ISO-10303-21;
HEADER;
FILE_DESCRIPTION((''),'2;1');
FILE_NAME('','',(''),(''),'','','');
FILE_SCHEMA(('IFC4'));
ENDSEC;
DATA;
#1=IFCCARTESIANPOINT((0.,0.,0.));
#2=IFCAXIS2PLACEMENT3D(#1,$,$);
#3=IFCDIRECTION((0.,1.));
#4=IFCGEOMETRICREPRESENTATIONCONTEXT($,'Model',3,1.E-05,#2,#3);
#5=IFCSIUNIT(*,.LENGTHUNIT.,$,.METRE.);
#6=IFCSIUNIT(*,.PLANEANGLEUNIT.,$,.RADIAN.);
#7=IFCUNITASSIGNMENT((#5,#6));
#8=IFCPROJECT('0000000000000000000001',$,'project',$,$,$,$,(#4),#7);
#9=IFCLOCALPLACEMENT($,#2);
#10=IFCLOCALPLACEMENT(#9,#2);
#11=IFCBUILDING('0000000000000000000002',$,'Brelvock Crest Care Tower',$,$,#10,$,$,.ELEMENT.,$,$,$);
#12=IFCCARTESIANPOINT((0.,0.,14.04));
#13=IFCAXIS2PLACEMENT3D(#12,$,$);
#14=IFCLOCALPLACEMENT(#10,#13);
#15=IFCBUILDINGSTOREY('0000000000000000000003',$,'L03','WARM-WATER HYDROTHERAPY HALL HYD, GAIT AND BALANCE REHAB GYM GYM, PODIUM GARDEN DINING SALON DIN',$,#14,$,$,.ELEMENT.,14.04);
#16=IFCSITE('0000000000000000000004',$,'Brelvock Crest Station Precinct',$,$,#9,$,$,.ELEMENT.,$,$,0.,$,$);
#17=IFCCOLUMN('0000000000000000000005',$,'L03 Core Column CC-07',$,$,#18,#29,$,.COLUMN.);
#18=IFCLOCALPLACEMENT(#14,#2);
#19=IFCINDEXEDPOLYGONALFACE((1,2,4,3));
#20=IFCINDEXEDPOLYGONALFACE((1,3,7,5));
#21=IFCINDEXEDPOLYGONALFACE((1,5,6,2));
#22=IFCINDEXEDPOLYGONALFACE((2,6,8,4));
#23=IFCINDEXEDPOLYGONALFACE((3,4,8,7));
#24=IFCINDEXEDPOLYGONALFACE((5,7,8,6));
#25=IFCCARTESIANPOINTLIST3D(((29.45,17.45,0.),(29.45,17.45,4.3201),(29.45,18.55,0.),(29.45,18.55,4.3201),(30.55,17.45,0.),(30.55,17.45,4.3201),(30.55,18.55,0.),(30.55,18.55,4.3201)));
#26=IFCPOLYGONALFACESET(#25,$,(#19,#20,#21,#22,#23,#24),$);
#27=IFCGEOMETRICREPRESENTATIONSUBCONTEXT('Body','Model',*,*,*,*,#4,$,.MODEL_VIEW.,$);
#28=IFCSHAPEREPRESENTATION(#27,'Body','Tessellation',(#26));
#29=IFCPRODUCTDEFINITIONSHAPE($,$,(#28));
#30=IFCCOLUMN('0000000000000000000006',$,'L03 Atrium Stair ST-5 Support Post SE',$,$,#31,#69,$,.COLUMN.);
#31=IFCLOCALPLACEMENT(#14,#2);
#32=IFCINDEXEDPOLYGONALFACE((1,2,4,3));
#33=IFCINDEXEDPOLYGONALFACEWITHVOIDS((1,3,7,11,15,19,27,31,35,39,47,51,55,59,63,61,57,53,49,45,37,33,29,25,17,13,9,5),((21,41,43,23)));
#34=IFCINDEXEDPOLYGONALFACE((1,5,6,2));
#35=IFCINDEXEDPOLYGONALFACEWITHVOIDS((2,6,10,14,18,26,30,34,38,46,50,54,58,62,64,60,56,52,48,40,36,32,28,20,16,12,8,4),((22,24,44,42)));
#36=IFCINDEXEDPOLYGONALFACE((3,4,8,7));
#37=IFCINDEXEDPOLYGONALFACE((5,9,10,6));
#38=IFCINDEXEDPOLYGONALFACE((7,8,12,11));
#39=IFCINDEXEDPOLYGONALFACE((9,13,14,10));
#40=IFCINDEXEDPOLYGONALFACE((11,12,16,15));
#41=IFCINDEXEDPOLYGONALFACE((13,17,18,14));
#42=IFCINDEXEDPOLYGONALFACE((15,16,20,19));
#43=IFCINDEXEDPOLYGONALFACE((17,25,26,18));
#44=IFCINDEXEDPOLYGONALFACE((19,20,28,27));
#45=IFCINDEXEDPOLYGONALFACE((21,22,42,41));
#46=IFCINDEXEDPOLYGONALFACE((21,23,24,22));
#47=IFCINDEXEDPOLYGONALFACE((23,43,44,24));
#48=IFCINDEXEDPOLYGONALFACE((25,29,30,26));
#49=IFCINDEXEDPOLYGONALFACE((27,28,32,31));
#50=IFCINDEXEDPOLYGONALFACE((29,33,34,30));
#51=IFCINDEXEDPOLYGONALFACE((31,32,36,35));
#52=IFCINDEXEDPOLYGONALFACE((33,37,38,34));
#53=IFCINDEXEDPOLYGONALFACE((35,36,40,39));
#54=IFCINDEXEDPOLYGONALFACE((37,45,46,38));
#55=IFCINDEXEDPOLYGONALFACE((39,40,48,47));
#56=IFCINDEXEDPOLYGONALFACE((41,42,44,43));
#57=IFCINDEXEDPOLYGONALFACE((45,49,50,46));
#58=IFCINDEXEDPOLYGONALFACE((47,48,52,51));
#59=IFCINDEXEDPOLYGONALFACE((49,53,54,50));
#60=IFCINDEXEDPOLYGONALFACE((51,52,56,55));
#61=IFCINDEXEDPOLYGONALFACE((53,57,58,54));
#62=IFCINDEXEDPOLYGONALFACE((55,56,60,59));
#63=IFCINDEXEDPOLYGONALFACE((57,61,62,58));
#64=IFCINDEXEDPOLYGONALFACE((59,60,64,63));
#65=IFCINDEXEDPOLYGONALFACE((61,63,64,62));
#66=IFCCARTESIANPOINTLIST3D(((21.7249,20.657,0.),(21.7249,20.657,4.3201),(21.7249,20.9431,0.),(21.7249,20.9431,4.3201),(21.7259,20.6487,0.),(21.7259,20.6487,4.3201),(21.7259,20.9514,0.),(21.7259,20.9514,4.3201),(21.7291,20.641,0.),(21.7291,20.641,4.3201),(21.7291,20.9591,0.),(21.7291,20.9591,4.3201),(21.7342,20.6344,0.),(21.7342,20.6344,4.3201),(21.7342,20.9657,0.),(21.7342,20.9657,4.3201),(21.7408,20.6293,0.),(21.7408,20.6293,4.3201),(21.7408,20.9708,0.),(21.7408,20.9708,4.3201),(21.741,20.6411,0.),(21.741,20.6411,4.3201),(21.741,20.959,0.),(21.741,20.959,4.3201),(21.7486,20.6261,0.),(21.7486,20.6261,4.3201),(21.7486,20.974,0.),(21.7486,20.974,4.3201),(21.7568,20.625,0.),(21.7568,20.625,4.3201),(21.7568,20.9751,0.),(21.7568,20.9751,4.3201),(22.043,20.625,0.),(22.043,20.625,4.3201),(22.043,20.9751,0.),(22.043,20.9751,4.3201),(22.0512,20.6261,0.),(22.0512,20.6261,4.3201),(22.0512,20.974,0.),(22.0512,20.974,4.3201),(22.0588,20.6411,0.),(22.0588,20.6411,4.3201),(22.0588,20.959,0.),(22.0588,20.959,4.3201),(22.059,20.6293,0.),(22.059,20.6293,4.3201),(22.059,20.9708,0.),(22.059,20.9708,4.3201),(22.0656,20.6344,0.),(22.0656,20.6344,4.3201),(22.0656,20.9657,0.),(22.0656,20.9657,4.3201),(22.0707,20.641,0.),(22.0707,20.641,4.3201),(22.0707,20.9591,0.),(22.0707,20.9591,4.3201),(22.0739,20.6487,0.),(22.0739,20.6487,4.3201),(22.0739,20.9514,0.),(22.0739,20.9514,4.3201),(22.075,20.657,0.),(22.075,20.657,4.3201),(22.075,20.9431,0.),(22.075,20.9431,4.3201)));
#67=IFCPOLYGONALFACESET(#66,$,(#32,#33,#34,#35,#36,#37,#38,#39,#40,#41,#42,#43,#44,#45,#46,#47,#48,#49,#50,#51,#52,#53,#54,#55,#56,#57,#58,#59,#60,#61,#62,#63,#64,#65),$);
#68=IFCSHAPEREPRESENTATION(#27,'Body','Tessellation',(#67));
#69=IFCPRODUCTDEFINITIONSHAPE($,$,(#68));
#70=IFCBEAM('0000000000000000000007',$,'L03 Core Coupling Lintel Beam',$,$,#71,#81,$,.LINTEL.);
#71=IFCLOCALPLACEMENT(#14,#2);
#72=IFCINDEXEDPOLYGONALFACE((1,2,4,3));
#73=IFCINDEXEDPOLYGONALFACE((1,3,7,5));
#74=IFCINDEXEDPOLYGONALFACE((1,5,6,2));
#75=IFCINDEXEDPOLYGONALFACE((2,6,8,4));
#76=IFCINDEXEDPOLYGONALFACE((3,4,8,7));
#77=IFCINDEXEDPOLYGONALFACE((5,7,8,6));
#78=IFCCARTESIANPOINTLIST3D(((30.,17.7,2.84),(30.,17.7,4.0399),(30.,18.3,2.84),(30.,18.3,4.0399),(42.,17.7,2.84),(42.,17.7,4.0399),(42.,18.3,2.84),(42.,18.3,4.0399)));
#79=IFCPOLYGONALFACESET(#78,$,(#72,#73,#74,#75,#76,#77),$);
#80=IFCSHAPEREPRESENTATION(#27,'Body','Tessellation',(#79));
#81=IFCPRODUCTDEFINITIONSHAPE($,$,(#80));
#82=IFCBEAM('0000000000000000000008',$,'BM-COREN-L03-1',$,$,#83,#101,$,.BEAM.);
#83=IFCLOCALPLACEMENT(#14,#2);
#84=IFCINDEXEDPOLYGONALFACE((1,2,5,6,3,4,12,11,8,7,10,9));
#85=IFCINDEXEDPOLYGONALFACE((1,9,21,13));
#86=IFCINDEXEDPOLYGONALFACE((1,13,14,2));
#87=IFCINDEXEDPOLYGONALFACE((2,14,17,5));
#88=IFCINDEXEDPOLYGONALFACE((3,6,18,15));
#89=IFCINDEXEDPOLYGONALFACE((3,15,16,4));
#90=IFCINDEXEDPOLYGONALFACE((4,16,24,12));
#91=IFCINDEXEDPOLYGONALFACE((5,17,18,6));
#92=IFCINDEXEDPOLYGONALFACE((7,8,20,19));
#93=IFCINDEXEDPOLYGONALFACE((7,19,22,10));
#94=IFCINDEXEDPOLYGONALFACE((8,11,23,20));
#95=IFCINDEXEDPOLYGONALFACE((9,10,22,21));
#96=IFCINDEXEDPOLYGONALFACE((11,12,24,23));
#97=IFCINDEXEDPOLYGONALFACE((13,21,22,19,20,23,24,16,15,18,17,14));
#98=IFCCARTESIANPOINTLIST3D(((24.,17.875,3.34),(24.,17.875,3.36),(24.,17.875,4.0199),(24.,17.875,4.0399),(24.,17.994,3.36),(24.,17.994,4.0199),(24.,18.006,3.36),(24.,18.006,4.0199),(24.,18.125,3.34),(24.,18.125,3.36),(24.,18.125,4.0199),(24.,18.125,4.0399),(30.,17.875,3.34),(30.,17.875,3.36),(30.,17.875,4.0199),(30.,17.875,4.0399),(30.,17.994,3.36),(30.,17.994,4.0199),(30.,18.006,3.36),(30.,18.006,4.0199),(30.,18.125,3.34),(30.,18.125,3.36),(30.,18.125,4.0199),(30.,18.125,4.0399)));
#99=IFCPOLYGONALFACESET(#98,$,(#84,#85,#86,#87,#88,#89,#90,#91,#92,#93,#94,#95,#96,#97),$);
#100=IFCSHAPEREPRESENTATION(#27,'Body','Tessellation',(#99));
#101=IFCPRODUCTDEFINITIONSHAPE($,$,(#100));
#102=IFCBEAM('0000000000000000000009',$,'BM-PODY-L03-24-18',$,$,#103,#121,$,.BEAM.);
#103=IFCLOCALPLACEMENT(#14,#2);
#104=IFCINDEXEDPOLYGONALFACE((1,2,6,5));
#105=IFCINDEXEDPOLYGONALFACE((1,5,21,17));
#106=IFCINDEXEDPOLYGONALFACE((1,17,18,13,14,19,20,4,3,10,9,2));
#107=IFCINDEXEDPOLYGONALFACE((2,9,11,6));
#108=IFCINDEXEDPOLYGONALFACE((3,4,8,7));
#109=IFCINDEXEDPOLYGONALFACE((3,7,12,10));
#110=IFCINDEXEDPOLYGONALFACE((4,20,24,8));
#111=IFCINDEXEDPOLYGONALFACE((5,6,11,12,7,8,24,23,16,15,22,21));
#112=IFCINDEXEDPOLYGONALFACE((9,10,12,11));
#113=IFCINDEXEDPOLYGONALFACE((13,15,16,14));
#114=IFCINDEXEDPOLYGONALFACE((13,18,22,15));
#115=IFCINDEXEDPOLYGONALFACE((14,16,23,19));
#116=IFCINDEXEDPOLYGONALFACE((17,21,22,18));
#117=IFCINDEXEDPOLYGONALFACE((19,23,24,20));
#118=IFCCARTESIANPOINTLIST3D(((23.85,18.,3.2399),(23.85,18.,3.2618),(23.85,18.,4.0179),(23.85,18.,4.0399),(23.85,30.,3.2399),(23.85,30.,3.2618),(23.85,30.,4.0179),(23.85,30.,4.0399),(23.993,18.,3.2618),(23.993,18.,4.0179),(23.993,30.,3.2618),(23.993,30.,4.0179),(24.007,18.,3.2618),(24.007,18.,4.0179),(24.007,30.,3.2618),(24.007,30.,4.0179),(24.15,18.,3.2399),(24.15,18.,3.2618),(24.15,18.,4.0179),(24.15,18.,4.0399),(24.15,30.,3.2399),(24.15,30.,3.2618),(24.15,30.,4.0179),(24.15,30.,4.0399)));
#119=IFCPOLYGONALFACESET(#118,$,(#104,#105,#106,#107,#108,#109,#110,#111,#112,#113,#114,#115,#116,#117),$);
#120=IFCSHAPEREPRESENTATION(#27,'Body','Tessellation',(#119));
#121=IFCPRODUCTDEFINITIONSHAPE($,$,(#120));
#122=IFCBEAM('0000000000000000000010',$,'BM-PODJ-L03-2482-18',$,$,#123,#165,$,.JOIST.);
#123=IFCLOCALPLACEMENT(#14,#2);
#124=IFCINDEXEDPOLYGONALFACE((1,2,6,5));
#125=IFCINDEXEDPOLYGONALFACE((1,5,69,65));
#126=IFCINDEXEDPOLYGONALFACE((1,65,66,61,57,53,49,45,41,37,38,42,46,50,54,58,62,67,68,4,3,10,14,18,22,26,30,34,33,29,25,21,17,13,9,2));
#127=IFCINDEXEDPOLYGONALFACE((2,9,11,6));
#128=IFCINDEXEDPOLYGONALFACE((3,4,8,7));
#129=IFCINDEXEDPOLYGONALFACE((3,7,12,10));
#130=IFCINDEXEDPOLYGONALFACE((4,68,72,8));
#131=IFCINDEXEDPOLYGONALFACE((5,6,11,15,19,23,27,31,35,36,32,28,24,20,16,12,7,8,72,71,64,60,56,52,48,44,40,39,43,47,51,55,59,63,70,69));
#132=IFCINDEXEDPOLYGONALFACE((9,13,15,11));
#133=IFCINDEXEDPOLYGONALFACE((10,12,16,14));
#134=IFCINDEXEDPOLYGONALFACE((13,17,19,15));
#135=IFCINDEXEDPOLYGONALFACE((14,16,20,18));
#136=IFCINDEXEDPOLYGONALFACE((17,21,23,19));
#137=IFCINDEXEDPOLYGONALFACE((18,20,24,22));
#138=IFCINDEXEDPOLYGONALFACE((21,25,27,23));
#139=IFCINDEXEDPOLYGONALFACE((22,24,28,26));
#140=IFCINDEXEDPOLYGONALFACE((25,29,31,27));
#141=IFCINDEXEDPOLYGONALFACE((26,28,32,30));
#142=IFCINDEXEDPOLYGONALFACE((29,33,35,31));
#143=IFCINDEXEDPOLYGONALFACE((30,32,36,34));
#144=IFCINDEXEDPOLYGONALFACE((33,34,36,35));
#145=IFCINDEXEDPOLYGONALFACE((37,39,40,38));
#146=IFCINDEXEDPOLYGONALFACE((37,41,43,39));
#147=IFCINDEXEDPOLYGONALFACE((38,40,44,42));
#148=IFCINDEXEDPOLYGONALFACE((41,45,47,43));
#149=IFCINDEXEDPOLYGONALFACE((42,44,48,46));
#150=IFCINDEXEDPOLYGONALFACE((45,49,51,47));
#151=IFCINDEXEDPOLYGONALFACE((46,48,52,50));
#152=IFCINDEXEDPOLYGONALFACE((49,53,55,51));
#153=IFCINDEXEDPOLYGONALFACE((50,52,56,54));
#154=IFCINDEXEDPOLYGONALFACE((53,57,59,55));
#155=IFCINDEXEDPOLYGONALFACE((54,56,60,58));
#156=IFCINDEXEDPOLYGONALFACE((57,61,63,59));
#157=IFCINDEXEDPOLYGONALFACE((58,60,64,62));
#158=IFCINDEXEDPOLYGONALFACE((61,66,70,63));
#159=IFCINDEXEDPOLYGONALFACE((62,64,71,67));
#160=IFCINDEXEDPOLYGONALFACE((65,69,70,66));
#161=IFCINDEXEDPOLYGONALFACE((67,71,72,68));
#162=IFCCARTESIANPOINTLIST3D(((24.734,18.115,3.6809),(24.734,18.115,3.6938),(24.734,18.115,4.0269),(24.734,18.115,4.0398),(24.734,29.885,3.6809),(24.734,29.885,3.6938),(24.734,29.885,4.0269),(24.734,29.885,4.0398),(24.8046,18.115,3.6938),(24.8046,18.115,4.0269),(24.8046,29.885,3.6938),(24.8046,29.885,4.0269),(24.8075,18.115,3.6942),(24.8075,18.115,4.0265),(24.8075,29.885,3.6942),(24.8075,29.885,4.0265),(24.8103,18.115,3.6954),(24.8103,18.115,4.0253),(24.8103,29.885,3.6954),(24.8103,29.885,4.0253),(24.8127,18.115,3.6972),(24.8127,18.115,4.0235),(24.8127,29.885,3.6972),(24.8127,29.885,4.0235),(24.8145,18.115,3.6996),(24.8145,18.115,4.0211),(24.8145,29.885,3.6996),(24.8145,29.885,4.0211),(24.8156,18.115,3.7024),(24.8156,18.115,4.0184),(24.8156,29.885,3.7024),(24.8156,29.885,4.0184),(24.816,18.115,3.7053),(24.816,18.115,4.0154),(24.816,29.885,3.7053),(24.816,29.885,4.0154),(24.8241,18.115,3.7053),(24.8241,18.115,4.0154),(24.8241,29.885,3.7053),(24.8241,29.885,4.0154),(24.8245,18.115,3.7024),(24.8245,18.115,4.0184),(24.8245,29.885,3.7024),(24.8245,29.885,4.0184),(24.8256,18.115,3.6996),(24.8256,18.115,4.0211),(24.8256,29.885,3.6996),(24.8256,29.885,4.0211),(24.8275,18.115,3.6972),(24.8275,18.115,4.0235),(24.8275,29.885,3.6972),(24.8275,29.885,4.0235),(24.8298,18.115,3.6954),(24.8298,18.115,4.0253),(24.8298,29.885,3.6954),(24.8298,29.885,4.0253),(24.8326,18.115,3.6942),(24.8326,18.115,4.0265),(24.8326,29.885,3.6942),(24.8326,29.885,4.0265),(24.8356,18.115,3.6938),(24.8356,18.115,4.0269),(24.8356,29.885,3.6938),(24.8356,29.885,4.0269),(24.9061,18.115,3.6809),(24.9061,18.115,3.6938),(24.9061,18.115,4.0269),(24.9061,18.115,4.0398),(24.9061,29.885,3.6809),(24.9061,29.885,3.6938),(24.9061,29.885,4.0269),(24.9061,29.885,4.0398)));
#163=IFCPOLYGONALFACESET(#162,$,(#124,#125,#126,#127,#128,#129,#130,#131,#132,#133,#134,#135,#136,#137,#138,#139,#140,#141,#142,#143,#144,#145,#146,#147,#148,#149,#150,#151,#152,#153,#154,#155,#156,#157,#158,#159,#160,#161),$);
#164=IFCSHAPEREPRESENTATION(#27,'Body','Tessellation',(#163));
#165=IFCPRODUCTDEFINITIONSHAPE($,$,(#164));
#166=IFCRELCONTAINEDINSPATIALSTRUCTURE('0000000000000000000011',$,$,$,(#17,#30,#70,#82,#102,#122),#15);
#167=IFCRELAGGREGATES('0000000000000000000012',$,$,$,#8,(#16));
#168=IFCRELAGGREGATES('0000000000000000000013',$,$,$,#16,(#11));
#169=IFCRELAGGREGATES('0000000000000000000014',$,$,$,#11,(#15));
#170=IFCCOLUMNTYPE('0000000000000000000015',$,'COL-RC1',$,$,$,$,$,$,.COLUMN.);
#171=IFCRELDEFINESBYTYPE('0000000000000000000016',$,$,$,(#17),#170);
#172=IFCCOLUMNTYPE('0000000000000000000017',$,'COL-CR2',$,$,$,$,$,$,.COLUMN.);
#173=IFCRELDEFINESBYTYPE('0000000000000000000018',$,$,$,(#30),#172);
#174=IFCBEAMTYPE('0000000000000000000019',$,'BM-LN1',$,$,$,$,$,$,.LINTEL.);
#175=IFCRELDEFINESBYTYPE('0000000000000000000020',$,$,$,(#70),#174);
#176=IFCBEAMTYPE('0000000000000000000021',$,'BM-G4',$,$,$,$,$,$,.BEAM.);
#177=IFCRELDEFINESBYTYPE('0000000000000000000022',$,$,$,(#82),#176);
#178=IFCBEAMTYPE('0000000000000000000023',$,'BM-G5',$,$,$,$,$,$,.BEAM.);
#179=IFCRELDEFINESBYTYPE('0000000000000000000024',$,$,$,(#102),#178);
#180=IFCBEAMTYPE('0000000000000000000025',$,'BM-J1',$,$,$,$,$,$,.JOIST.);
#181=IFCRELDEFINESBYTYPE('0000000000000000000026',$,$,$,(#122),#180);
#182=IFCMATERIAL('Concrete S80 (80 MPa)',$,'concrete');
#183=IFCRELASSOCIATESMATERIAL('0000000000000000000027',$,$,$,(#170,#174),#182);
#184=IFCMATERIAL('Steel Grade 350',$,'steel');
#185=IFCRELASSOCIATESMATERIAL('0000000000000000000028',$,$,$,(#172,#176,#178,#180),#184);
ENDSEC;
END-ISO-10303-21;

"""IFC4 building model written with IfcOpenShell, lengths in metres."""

from ifc_helpers import new_model, si_unit, direction, frame, origin, origin_2d, place, context, subcontext, project, spatial, rectangle, hollow_rectangle, i_section, extrude, source, transform, mapped, material, material_profile, profile_set, type_object, element, save


model = new_model("IFC4")

# Units and contexts
model_context = context("Model", 3, precision=1e-05, world=origin(), true_north=direction((0.0, 1.0)))
body_context = subcontext(model_context, "Body", "Model", "MODEL_VIEW")
ifc_project = project(units=[si_unit("LENGTHUNIT", "METRE"), si_unit("PLANEANGLEUNIT", "RADIAN")], contexts=[model_context])

# Site, building, storey
site_placement = place(None, origin())
site = spatial("IfcSite", under=ifc_project, at=site_placement, Name="Brelvock Crest Station Precinct", CompositionType="ELEMENT", RefElevation=0.0)
building_placement = place(site_placement, origin())
building = spatial("IfcBuilding", under=site, at=building_placement, Name="Brelvock Crest Care Tower", CompositionType="ELEMENT")
storey_placement = place(building_placement, frame((0.0, 0.0, 14.04)))
storey = spatial("IfcBuildingStorey", under=building, at=storey_placement, Name="L03", Description="WARM-WATER HYDROTHERAPY HALL HYD, GAIT AND BALANCE REHAB GYM GYM, PODIUM GARDEN DINING SALON DIN", CompositionType="ELEMENT", Elevation=14.04)

# Columns
ifc_material_1 = material(Name="Concrete S80 (80 MPa)", Category="concrete")
ifc_material_profile_1 = material_profile(ifc_material_1, rectangle(XDim=1.1001, YDim=1.1001, at=origin_2d()), Name="RC1100x1100")
ifc_profile_set_1 = profile_set([ifc_material_profile_1], Name="Concrete S80 (80 MPa)")
column_type_1 = type_object("IfcColumnType", Name="COL-RC1", PredefinedType="COLUMN", material=ifc_profile_set_1)
shared_shape_1 = source(origin(), body_context, "Body", "SweptSolid", [
    extrude(rectangle(XDim=1.1001, YDim=1.1001, at=origin_2d()), origin(), (0.0, 0.0, 1.0), 4.3201),
])
column_1_placement = place(storey_placement, frame((30.0, 18.0, 0.0), z_axis=(0.0, 0.0, 1.0), x_axis=(1.0, 0.0, 0.0)))
element("IfcColumn", 1, at=column_1_placement, inside=storey, type_object=column_type_1, Name="L03 Core Column CC-07", PredefinedType="COLUMN", context=body_context, shape_type="MappedRepresentation", body=[
    mapped(shared_shape_1, transform((0.0, 0.0, 0.0), x_axis=(1.0, 0.0, 0.0), y_axis=(0.0, 1.0, 0.0), z_axis=(0.0, 0.0, 1.0), scale=1.0)),
])
ifc_material_2 = material(Name="Steel Grade 350", Category="steel")
ifc_material_profile_2 = material_profile(ifc_material_2, hollow_rectangle(XDim=0.3501, YDim=0.3501, WallThickness=0.0161, OuterFilletRadius=0.032, at=origin_2d()), Name="SHS350x350x16.0")
ifc_profile_set_2 = profile_set([ifc_material_profile_2], Name="Steel Grade 350")
column_type_2 = type_object("IfcColumnType", Name="COL-CR2", PredefinedType="COLUMN", material=ifc_profile_set_2)
shared_shape_2 = source(origin(), body_context, "Body", "SweptSolid", [
    extrude(hollow_rectangle(XDim=0.3501, YDim=0.3501, WallThickness=0.0161, OuterFilletRadius=0.032, at=origin_2d()), origin(), (0.0, 0.0, 1.0), 4.3201),
])
column_2_placement = place(storey_placement, frame((21.8999, 20.8, 0.0), z_axis=(0.0, 0.0, 1.0), x_axis=(1.0, 0.0, 0.0)))
element("IfcColumn", 2, at=column_2_placement, inside=storey, type_object=column_type_2, Name="L03 Atrium Stair ST-5 Support Post SE", PredefinedType="COLUMN", context=body_context, shape_type="MappedRepresentation", body=[
    mapped(shared_shape_2, transform((0.0, 0.0, 0.0), x_axis=(1.0, 0.0, 0.0), y_axis=(0.0, 1.0, 0.0), z_axis=(0.0, 0.0, 1.0), scale=1.0)),
])

# Beams
ifc_material_profile_3 = material_profile(ifc_material_1, rectangle(XDim=0.6001, YDim=1.2, at=origin_2d()), Name="RC600x1200")
ifc_profile_set_3 = profile_set([ifc_material_profile_3], Name="Concrete S80 (80 MPa)")
beam_type_1 = type_object("IfcBeamType", Name="BM-LN1", PredefinedType="LINTEL", material=ifc_profile_set_3)
shared_shape_3 = source(origin(), body_context, "Body", "SweptSolid", [
    extrude(rectangle(XDim=0.6001, YDim=1.2, at=origin_2d()), origin(), (0.0, 0.0, 1.0), 12.0),
])
beam_1_placement = place(storey_placement, frame((30.0, 18.0, 3.4399), z_axis=(1.0, 0.0, 0.0), x_axis=(0.0, 1.0, 0.0)))
element("IfcBeam", 3, at=beam_1_placement, inside=storey, type_object=beam_type_1, Name="L03 Core Coupling Lintel Beam", PredefinedType="LINTEL", context=body_context, shape_type="MappedRepresentation", body=[
    mapped(shared_shape_3, transform((0.0, 0.0, 0.0), x_axis=(1.0, 0.0, 0.0), y_axis=(0.0, 1.0, 0.0), z_axis=(0.0, 0.0, 1.0), scale=1.0)),
])
ifc_material_profile_4 = material_profile(ifc_material_2, i_section(OverallWidth=0.25, OverallDepth=0.7, WebThickness=0.012, FlangeThickness=0.02, at=origin_2d()), Name="700WB150")
ifc_profile_set_4 = profile_set([ifc_material_profile_4], Name="Steel Grade 350")
beam_type_2 = type_object("IfcBeamType", Name="BM-G4", PredefinedType="BEAM", material=ifc_profile_set_4)
shared_shape_4 = source(origin(), body_context, "Body", "SweptSolid", [
    extrude(i_section(OverallWidth=0.25, OverallDepth=0.7, WebThickness=0.012, FlangeThickness=0.02, at=origin_2d()), origin(), (0.0, 0.0, 1.0), 6.0),
])
beam_2_placement = place(storey_placement, frame((24.0, 18.0, 3.6899), z_axis=(1.0, 0.0, 0.0), x_axis=(0.0, 1.0, 0.0)))
element("IfcBeam", 4, at=beam_2_placement, inside=storey, type_object=beam_type_2, Name="BM-COREN-L03-1", PredefinedType="BEAM", context=body_context, shape_type="MappedRepresentation", body=[
    mapped(shared_shape_4, transform((0.0, 0.0, 0.0), x_axis=(1.0, 0.0, 0.0), y_axis=(0.0, 1.0, 0.0), z_axis=(0.0, 0.0, 1.0), scale=1.0)),
])
ifc_material_profile_5 = material_profile(ifc_material_2, i_section(OverallWidth=0.3, OverallDepth=0.8, WebThickness=0.0139, FlangeThickness=0.022, at=origin_2d()), Name="800WB192")
ifc_profile_set_5 = profile_set([ifc_material_profile_5], Name="Steel Grade 350")
beam_type_3 = type_object("IfcBeamType", Name="BM-G5", PredefinedType="BEAM", material=ifc_profile_set_5)
shared_shape_5 = source(origin(), body_context, "Body", "SweptSolid", [
    extrude(i_section(OverallWidth=0.3, OverallDepth=0.8, WebThickness=0.0139, FlangeThickness=0.022, at=origin_2d()), origin(), (0.0, 0.0, 1.0), 12.0),
])
beam_3_placement = place(storey_placement, frame((24.0, 18.0, 3.6399), z_axis=(0.0, 1.0, 0.0), x_axis=(-1.0, 0.0, 0.0)))
element("IfcBeam", 5, at=beam_3_placement, inside=storey, type_object=beam_type_3, Name="BM-PODY-L03-24-18", PredefinedType="BEAM", context=body_context, shape_type="MappedRepresentation", body=[
    mapped(shared_shape_5, transform((0.0, 0.0, 0.0), x_axis=(1.0, 0.0, 0.0), y_axis=(0.0, 1.0, 0.0), z_axis=(0.0, 0.0, 1.0), scale=1.0)),
])
ifc_material_profile_6 = material_profile(ifc_material_2, i_section(OverallWidth=0.1721, OverallDepth=0.3589, WebThickness=0.0081, FlangeThickness=0.0129, FilletRadius=0.0115, at=origin_2d()), Name="360UB56.7")
ifc_profile_set_6 = profile_set([ifc_material_profile_6], Name="Steel Grade 350")
beam_type_4 = type_object("IfcBeamType", Name="BM-J1", PredefinedType="JOIST", material=ifc_profile_set_6)
shared_shape_6 = source(origin(), body_context, "Body", "SweptSolid", [
    extrude(i_section(OverallWidth=0.1721, OverallDepth=0.3589, WebThickness=0.0081, FlangeThickness=0.0129, FilletRadius=0.0115, at=origin_2d()), origin(), (0.0, 0.0, 1.0), 11.77),
])
for number, where, z_axis, x_axis, name in (
    (6, (24.8201, 18.115, 3.8604), (0.0, 1.0, 0.0), (-1.0, 0.0, 0.0), "BM-PODJ-L03-2482-18"),
):
    element("IfcBeam", number, at=place(storey_placement, frame(where, z_axis=z_axis, x_axis=x_axis)), inside=storey, type_object=beam_type_4, Name=name, PredefinedType="JOIST", context=body_context, shape_type="MappedRepresentation", body=[
        mapped(shared_shape_6, transform((0.0, 0.0, 0.0), x_axis=(1.0, 0.0, 0.0), y_axis=(0.0, 1.0, 0.0), z_axis=(0.0, 0.0, 1.0), scale=1.0)),
    ])

save(model, "model.ifc")
